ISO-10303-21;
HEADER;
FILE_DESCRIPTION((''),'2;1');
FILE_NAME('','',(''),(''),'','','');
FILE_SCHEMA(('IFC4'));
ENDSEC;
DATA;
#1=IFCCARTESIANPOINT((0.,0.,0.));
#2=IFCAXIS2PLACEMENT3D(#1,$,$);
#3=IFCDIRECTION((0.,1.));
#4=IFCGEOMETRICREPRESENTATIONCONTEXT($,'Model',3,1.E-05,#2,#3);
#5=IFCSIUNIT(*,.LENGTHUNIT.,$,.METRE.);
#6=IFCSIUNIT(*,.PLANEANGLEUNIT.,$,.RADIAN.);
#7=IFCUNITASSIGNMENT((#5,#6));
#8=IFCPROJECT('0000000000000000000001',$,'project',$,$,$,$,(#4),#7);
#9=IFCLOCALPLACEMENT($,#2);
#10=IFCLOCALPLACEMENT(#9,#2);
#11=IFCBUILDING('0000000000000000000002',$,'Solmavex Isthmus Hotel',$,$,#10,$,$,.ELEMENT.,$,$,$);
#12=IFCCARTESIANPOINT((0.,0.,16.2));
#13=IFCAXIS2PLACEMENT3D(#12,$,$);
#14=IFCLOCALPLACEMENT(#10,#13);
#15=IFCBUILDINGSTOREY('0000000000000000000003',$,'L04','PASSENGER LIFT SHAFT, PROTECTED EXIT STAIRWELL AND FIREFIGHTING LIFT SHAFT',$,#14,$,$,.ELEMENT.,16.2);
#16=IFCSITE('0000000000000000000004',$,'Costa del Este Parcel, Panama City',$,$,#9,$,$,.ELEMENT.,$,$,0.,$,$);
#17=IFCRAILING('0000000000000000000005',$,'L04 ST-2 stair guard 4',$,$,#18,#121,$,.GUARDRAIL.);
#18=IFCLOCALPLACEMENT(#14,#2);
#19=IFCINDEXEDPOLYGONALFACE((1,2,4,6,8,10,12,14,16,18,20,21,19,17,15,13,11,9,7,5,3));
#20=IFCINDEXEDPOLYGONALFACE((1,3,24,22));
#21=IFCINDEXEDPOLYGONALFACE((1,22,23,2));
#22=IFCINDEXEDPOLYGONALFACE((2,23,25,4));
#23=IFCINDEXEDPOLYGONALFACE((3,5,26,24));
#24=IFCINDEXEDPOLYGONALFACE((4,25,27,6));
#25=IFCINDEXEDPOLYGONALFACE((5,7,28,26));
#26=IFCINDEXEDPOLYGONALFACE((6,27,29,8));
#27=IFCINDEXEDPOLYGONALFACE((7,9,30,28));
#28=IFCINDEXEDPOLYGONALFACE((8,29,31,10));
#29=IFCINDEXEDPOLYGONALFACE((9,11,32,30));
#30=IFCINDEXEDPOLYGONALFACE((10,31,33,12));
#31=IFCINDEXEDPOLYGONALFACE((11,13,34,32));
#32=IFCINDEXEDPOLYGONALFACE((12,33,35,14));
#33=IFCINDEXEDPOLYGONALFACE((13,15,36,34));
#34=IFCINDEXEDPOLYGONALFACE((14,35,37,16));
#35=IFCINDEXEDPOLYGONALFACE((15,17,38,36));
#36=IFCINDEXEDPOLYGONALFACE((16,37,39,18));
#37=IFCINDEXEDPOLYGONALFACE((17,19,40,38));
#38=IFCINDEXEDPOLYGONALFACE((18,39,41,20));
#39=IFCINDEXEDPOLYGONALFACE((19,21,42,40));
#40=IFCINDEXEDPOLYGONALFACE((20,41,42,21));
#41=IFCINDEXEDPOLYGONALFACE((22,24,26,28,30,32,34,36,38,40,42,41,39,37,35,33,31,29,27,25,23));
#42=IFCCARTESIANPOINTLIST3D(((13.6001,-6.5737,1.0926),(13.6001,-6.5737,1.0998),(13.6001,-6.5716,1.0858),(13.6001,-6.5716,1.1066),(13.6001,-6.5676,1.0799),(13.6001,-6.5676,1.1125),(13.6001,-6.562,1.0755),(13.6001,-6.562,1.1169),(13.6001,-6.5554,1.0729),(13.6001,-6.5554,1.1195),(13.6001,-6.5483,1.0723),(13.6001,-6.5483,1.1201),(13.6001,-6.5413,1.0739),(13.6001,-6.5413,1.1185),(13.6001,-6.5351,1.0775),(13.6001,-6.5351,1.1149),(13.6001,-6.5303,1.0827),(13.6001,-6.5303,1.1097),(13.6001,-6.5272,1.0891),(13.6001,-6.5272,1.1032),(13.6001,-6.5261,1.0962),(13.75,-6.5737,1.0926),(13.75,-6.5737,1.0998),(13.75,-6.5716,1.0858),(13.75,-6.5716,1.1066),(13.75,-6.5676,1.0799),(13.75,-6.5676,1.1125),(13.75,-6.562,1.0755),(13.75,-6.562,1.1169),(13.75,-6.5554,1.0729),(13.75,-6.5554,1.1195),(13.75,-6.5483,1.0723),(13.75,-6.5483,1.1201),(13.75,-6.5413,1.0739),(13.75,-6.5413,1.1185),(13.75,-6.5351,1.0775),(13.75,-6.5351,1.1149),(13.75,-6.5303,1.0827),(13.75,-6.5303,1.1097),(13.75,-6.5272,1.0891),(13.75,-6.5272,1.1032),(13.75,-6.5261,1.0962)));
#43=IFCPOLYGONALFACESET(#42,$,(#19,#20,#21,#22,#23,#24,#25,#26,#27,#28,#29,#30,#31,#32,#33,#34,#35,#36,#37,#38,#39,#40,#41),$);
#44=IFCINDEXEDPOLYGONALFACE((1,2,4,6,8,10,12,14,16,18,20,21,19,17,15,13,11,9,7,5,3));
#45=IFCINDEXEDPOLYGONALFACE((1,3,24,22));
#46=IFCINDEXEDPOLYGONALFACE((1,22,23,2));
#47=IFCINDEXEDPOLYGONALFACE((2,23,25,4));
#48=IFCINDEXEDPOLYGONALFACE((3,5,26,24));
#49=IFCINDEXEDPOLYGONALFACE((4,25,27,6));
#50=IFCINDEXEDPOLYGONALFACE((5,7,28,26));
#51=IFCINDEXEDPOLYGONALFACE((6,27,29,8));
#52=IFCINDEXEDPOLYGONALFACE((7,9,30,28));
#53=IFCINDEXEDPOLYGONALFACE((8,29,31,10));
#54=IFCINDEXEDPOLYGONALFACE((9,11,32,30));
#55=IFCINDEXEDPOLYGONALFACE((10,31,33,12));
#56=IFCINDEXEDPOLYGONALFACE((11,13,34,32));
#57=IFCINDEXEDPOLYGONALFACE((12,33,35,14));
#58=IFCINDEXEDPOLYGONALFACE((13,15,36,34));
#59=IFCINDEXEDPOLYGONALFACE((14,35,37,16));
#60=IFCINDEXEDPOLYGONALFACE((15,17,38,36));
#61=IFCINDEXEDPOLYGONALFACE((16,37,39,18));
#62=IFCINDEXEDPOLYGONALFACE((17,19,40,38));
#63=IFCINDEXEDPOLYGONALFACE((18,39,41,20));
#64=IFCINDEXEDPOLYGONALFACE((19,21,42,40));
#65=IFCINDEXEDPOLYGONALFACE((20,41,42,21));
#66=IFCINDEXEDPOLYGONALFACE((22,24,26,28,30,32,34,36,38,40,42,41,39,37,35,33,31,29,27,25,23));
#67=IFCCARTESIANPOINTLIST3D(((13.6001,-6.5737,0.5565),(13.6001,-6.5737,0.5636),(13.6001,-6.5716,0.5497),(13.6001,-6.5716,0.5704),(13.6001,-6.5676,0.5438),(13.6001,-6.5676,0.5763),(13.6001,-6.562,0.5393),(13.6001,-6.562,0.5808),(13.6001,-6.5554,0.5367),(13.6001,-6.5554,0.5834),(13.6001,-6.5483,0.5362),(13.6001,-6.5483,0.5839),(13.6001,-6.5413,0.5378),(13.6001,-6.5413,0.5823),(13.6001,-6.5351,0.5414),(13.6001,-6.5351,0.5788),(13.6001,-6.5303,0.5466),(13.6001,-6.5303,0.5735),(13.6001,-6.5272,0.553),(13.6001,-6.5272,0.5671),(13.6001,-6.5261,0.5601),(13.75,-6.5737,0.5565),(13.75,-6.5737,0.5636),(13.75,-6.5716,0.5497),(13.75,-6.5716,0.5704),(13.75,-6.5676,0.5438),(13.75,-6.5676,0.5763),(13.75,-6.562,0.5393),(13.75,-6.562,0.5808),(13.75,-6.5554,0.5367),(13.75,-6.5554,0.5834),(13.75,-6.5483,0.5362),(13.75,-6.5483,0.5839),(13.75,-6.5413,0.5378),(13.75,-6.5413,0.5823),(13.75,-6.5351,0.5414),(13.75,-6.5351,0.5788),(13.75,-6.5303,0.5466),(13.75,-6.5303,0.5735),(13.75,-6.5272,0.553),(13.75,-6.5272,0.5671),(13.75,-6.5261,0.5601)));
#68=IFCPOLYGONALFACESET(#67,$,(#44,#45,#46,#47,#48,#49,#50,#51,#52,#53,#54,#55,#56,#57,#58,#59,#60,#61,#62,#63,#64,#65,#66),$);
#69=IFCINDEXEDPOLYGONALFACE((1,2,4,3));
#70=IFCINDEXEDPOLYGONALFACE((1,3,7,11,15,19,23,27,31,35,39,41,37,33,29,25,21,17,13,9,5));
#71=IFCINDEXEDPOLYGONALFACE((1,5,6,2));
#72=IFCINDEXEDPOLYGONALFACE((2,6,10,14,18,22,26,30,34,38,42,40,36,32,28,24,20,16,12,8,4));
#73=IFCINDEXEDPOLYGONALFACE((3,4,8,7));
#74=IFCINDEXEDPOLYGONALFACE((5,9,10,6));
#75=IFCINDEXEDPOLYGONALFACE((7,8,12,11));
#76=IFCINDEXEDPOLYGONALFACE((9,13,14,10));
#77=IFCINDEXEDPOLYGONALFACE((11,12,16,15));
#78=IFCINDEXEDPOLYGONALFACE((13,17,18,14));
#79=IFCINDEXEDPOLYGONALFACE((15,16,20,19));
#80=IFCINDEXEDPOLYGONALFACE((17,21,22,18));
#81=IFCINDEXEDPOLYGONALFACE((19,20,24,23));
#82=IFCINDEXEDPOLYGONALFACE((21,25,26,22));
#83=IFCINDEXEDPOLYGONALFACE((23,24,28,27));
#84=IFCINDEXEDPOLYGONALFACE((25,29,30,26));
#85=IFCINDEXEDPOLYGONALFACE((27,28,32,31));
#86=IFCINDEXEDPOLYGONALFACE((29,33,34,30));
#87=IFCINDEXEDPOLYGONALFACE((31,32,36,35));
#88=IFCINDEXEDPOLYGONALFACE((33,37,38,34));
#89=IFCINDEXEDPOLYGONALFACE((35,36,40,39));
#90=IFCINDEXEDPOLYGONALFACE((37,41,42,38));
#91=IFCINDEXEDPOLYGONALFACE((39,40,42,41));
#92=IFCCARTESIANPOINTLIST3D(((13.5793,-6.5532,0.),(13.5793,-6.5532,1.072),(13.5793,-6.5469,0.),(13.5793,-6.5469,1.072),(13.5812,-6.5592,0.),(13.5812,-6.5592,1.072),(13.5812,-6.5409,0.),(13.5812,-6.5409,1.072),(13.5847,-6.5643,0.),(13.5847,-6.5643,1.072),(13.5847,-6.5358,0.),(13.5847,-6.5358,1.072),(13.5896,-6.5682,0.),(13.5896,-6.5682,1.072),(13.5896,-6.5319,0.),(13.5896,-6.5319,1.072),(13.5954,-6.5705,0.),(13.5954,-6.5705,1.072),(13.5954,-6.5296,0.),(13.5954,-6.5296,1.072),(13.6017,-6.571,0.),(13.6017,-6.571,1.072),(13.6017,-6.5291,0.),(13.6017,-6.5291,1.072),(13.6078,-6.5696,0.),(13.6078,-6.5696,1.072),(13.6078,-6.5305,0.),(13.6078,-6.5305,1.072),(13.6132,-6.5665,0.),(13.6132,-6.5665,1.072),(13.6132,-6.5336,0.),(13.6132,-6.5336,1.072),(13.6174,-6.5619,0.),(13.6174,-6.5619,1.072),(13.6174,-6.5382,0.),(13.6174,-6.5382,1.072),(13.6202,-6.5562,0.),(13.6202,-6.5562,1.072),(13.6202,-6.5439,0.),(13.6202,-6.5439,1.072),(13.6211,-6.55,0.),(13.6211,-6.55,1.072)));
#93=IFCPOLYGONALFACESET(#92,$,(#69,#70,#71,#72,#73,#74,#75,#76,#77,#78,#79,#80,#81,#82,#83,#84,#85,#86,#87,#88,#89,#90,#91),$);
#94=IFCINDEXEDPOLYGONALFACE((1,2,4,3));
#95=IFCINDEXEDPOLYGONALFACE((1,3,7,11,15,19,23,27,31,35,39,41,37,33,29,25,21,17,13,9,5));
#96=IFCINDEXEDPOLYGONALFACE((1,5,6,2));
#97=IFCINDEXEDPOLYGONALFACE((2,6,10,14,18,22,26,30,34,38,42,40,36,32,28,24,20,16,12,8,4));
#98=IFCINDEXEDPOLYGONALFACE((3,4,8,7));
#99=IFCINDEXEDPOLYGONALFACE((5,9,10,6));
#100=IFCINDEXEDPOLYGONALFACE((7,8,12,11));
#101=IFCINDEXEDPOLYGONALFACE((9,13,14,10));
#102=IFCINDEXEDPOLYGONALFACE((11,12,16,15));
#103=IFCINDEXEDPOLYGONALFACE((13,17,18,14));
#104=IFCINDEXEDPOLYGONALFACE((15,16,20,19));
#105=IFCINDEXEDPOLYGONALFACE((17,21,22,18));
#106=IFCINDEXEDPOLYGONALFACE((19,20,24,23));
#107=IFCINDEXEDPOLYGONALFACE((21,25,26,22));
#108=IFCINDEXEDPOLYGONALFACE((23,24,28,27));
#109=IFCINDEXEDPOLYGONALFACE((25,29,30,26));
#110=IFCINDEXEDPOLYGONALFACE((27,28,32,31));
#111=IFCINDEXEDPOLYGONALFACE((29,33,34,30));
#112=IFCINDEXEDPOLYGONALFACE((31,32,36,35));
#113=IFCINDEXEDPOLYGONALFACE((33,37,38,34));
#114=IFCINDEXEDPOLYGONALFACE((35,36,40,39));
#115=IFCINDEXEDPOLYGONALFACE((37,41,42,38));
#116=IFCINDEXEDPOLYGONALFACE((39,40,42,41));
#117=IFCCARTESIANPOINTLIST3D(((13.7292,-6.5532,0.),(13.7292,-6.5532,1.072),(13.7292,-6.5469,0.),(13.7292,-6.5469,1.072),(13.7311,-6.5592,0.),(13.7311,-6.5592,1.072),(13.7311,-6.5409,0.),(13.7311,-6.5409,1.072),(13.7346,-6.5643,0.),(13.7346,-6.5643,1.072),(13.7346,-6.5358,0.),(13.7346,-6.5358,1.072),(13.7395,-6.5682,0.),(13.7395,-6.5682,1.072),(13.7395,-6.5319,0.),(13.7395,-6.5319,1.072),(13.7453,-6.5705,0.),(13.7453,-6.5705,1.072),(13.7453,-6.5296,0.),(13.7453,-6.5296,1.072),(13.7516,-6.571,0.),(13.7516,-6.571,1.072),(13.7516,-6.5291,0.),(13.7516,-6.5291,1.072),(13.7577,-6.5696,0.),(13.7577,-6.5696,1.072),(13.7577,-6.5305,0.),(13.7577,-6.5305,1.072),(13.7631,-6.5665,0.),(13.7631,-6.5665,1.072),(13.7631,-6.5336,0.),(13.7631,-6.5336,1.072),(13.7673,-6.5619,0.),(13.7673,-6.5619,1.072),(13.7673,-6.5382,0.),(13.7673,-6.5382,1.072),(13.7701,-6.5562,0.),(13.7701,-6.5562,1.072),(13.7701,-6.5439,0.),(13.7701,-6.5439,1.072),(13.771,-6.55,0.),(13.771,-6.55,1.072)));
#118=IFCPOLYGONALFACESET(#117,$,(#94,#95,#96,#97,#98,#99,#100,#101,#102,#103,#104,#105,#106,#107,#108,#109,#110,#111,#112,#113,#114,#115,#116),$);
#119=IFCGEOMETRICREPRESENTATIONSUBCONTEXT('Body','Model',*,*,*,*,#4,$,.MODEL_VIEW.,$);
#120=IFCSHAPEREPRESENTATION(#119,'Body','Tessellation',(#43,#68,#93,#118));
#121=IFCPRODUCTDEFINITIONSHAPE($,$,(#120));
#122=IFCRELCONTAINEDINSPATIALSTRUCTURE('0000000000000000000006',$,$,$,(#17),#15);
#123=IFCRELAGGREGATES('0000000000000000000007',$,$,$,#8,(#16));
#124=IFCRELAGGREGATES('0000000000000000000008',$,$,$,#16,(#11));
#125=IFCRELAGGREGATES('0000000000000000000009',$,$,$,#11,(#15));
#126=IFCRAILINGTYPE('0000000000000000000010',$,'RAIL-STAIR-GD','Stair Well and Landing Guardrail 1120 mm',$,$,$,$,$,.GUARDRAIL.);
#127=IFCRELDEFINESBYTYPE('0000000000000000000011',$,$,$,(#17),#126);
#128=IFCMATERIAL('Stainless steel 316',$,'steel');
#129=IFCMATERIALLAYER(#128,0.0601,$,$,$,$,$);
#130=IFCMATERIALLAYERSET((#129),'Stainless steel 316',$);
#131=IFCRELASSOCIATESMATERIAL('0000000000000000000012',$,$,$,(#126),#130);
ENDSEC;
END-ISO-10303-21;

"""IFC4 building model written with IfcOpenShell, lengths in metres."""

from ifc_helpers import new_model, si_unit, direction, frame, origin, origin_2d, place, context, subcontext, project, spatial, circle, extrude, material, layer, layer_set, type_object, element, save


model = new_model("IFC4")

# Units and contexts
model_context = context("Model", 3, precision=1e-05, world=origin(), true_north=direction((0.0, 1.0)))
body_context = subcontext(model_context, "Body", "Model", "MODEL_VIEW")
ifc_project = project(units=[si_unit("LENGTHUNIT", "METRE"), si_unit("PLANEANGLEUNIT", "RADIAN")], contexts=[model_context])

# Site, building, storey
site_placement = place(None, origin())
site = spatial("IfcSite", under=ifc_project, at=site_placement, Name="Costa del Este Parcel, Panama City", CompositionType="ELEMENT", RefElevation=0.0)
building_placement = place(site_placement, origin())
building = spatial("IfcBuilding", under=site, at=building_placement, Name="Solmavex Isthmus Hotel", CompositionType="ELEMENT")
storey_placement = place(building_placement, frame((0.0, 0.0, 16.2)))
storey = spatial("IfcBuildingStorey", under=building, at=storey_placement, Name="L04", Description="PASSENGER LIFT SHAFT, PROTECTED EXIT STAIRWELL AND FIREFIGHTING LIFT SHAFT", CompositionType="ELEMENT", Elevation=16.2)

# Railing
ifc_material_1 = material(Name="Stainless steel 316", Category="steel")
ifc_layer_1 = layer(ifc_material_1, 0.0601)
ifc_layer_set_1 = layer_set([ifc_layer_1], Name="Stainless steel 316")
railing_type_1 = type_object("IfcRailingType", Name="RAIL-STAIR-GD", Description="Stair Well and Landing Guardrail 1120 mm", PredefinedType="GUARDRAIL", material=ifc_layer_set_1)
railing_1_placement = place(storey_placement, frame((13.6001, -6.55, 0.0)))
element("IfcRailing", 1, at=railing_1_placement, inside=storey, type_object=railing_type_1, Name="L04 ST-2 stair guard 4", PredefinedType="GUARDRAIL", context=body_context, shape_type="SweptSolid", body=[
    extrude(circle(Radius=0.0239, at=origin_2d()), frame((0.0, 0.0, 1.0962), z_axis=(1.0, 0.0, 0.0), x_axis=(0.0, 1.0, 0.0)), (0.0, 0.0, 1.0), 0.1499),
    extrude(circle(Radius=0.0239, at=origin_2d()), frame((0.0, 0.0, 0.5601), z_axis=(1.0, 0.0, 0.0), x_axis=(0.0, 1.0, 0.0)), (0.0, 0.0, 1.0), 0.1499),
    extrude(circle(Radius=0.021, at=origin_2d()), origin(), (0.0, 0.0, 1.0), 1.072),
    extrude(circle(Radius=0.021, at=origin_2d()), frame((0.1499, 0.0, 0.0)), (0.0, 0.0, 1.0), 1.072),
])

save(model, "model.ifc")
